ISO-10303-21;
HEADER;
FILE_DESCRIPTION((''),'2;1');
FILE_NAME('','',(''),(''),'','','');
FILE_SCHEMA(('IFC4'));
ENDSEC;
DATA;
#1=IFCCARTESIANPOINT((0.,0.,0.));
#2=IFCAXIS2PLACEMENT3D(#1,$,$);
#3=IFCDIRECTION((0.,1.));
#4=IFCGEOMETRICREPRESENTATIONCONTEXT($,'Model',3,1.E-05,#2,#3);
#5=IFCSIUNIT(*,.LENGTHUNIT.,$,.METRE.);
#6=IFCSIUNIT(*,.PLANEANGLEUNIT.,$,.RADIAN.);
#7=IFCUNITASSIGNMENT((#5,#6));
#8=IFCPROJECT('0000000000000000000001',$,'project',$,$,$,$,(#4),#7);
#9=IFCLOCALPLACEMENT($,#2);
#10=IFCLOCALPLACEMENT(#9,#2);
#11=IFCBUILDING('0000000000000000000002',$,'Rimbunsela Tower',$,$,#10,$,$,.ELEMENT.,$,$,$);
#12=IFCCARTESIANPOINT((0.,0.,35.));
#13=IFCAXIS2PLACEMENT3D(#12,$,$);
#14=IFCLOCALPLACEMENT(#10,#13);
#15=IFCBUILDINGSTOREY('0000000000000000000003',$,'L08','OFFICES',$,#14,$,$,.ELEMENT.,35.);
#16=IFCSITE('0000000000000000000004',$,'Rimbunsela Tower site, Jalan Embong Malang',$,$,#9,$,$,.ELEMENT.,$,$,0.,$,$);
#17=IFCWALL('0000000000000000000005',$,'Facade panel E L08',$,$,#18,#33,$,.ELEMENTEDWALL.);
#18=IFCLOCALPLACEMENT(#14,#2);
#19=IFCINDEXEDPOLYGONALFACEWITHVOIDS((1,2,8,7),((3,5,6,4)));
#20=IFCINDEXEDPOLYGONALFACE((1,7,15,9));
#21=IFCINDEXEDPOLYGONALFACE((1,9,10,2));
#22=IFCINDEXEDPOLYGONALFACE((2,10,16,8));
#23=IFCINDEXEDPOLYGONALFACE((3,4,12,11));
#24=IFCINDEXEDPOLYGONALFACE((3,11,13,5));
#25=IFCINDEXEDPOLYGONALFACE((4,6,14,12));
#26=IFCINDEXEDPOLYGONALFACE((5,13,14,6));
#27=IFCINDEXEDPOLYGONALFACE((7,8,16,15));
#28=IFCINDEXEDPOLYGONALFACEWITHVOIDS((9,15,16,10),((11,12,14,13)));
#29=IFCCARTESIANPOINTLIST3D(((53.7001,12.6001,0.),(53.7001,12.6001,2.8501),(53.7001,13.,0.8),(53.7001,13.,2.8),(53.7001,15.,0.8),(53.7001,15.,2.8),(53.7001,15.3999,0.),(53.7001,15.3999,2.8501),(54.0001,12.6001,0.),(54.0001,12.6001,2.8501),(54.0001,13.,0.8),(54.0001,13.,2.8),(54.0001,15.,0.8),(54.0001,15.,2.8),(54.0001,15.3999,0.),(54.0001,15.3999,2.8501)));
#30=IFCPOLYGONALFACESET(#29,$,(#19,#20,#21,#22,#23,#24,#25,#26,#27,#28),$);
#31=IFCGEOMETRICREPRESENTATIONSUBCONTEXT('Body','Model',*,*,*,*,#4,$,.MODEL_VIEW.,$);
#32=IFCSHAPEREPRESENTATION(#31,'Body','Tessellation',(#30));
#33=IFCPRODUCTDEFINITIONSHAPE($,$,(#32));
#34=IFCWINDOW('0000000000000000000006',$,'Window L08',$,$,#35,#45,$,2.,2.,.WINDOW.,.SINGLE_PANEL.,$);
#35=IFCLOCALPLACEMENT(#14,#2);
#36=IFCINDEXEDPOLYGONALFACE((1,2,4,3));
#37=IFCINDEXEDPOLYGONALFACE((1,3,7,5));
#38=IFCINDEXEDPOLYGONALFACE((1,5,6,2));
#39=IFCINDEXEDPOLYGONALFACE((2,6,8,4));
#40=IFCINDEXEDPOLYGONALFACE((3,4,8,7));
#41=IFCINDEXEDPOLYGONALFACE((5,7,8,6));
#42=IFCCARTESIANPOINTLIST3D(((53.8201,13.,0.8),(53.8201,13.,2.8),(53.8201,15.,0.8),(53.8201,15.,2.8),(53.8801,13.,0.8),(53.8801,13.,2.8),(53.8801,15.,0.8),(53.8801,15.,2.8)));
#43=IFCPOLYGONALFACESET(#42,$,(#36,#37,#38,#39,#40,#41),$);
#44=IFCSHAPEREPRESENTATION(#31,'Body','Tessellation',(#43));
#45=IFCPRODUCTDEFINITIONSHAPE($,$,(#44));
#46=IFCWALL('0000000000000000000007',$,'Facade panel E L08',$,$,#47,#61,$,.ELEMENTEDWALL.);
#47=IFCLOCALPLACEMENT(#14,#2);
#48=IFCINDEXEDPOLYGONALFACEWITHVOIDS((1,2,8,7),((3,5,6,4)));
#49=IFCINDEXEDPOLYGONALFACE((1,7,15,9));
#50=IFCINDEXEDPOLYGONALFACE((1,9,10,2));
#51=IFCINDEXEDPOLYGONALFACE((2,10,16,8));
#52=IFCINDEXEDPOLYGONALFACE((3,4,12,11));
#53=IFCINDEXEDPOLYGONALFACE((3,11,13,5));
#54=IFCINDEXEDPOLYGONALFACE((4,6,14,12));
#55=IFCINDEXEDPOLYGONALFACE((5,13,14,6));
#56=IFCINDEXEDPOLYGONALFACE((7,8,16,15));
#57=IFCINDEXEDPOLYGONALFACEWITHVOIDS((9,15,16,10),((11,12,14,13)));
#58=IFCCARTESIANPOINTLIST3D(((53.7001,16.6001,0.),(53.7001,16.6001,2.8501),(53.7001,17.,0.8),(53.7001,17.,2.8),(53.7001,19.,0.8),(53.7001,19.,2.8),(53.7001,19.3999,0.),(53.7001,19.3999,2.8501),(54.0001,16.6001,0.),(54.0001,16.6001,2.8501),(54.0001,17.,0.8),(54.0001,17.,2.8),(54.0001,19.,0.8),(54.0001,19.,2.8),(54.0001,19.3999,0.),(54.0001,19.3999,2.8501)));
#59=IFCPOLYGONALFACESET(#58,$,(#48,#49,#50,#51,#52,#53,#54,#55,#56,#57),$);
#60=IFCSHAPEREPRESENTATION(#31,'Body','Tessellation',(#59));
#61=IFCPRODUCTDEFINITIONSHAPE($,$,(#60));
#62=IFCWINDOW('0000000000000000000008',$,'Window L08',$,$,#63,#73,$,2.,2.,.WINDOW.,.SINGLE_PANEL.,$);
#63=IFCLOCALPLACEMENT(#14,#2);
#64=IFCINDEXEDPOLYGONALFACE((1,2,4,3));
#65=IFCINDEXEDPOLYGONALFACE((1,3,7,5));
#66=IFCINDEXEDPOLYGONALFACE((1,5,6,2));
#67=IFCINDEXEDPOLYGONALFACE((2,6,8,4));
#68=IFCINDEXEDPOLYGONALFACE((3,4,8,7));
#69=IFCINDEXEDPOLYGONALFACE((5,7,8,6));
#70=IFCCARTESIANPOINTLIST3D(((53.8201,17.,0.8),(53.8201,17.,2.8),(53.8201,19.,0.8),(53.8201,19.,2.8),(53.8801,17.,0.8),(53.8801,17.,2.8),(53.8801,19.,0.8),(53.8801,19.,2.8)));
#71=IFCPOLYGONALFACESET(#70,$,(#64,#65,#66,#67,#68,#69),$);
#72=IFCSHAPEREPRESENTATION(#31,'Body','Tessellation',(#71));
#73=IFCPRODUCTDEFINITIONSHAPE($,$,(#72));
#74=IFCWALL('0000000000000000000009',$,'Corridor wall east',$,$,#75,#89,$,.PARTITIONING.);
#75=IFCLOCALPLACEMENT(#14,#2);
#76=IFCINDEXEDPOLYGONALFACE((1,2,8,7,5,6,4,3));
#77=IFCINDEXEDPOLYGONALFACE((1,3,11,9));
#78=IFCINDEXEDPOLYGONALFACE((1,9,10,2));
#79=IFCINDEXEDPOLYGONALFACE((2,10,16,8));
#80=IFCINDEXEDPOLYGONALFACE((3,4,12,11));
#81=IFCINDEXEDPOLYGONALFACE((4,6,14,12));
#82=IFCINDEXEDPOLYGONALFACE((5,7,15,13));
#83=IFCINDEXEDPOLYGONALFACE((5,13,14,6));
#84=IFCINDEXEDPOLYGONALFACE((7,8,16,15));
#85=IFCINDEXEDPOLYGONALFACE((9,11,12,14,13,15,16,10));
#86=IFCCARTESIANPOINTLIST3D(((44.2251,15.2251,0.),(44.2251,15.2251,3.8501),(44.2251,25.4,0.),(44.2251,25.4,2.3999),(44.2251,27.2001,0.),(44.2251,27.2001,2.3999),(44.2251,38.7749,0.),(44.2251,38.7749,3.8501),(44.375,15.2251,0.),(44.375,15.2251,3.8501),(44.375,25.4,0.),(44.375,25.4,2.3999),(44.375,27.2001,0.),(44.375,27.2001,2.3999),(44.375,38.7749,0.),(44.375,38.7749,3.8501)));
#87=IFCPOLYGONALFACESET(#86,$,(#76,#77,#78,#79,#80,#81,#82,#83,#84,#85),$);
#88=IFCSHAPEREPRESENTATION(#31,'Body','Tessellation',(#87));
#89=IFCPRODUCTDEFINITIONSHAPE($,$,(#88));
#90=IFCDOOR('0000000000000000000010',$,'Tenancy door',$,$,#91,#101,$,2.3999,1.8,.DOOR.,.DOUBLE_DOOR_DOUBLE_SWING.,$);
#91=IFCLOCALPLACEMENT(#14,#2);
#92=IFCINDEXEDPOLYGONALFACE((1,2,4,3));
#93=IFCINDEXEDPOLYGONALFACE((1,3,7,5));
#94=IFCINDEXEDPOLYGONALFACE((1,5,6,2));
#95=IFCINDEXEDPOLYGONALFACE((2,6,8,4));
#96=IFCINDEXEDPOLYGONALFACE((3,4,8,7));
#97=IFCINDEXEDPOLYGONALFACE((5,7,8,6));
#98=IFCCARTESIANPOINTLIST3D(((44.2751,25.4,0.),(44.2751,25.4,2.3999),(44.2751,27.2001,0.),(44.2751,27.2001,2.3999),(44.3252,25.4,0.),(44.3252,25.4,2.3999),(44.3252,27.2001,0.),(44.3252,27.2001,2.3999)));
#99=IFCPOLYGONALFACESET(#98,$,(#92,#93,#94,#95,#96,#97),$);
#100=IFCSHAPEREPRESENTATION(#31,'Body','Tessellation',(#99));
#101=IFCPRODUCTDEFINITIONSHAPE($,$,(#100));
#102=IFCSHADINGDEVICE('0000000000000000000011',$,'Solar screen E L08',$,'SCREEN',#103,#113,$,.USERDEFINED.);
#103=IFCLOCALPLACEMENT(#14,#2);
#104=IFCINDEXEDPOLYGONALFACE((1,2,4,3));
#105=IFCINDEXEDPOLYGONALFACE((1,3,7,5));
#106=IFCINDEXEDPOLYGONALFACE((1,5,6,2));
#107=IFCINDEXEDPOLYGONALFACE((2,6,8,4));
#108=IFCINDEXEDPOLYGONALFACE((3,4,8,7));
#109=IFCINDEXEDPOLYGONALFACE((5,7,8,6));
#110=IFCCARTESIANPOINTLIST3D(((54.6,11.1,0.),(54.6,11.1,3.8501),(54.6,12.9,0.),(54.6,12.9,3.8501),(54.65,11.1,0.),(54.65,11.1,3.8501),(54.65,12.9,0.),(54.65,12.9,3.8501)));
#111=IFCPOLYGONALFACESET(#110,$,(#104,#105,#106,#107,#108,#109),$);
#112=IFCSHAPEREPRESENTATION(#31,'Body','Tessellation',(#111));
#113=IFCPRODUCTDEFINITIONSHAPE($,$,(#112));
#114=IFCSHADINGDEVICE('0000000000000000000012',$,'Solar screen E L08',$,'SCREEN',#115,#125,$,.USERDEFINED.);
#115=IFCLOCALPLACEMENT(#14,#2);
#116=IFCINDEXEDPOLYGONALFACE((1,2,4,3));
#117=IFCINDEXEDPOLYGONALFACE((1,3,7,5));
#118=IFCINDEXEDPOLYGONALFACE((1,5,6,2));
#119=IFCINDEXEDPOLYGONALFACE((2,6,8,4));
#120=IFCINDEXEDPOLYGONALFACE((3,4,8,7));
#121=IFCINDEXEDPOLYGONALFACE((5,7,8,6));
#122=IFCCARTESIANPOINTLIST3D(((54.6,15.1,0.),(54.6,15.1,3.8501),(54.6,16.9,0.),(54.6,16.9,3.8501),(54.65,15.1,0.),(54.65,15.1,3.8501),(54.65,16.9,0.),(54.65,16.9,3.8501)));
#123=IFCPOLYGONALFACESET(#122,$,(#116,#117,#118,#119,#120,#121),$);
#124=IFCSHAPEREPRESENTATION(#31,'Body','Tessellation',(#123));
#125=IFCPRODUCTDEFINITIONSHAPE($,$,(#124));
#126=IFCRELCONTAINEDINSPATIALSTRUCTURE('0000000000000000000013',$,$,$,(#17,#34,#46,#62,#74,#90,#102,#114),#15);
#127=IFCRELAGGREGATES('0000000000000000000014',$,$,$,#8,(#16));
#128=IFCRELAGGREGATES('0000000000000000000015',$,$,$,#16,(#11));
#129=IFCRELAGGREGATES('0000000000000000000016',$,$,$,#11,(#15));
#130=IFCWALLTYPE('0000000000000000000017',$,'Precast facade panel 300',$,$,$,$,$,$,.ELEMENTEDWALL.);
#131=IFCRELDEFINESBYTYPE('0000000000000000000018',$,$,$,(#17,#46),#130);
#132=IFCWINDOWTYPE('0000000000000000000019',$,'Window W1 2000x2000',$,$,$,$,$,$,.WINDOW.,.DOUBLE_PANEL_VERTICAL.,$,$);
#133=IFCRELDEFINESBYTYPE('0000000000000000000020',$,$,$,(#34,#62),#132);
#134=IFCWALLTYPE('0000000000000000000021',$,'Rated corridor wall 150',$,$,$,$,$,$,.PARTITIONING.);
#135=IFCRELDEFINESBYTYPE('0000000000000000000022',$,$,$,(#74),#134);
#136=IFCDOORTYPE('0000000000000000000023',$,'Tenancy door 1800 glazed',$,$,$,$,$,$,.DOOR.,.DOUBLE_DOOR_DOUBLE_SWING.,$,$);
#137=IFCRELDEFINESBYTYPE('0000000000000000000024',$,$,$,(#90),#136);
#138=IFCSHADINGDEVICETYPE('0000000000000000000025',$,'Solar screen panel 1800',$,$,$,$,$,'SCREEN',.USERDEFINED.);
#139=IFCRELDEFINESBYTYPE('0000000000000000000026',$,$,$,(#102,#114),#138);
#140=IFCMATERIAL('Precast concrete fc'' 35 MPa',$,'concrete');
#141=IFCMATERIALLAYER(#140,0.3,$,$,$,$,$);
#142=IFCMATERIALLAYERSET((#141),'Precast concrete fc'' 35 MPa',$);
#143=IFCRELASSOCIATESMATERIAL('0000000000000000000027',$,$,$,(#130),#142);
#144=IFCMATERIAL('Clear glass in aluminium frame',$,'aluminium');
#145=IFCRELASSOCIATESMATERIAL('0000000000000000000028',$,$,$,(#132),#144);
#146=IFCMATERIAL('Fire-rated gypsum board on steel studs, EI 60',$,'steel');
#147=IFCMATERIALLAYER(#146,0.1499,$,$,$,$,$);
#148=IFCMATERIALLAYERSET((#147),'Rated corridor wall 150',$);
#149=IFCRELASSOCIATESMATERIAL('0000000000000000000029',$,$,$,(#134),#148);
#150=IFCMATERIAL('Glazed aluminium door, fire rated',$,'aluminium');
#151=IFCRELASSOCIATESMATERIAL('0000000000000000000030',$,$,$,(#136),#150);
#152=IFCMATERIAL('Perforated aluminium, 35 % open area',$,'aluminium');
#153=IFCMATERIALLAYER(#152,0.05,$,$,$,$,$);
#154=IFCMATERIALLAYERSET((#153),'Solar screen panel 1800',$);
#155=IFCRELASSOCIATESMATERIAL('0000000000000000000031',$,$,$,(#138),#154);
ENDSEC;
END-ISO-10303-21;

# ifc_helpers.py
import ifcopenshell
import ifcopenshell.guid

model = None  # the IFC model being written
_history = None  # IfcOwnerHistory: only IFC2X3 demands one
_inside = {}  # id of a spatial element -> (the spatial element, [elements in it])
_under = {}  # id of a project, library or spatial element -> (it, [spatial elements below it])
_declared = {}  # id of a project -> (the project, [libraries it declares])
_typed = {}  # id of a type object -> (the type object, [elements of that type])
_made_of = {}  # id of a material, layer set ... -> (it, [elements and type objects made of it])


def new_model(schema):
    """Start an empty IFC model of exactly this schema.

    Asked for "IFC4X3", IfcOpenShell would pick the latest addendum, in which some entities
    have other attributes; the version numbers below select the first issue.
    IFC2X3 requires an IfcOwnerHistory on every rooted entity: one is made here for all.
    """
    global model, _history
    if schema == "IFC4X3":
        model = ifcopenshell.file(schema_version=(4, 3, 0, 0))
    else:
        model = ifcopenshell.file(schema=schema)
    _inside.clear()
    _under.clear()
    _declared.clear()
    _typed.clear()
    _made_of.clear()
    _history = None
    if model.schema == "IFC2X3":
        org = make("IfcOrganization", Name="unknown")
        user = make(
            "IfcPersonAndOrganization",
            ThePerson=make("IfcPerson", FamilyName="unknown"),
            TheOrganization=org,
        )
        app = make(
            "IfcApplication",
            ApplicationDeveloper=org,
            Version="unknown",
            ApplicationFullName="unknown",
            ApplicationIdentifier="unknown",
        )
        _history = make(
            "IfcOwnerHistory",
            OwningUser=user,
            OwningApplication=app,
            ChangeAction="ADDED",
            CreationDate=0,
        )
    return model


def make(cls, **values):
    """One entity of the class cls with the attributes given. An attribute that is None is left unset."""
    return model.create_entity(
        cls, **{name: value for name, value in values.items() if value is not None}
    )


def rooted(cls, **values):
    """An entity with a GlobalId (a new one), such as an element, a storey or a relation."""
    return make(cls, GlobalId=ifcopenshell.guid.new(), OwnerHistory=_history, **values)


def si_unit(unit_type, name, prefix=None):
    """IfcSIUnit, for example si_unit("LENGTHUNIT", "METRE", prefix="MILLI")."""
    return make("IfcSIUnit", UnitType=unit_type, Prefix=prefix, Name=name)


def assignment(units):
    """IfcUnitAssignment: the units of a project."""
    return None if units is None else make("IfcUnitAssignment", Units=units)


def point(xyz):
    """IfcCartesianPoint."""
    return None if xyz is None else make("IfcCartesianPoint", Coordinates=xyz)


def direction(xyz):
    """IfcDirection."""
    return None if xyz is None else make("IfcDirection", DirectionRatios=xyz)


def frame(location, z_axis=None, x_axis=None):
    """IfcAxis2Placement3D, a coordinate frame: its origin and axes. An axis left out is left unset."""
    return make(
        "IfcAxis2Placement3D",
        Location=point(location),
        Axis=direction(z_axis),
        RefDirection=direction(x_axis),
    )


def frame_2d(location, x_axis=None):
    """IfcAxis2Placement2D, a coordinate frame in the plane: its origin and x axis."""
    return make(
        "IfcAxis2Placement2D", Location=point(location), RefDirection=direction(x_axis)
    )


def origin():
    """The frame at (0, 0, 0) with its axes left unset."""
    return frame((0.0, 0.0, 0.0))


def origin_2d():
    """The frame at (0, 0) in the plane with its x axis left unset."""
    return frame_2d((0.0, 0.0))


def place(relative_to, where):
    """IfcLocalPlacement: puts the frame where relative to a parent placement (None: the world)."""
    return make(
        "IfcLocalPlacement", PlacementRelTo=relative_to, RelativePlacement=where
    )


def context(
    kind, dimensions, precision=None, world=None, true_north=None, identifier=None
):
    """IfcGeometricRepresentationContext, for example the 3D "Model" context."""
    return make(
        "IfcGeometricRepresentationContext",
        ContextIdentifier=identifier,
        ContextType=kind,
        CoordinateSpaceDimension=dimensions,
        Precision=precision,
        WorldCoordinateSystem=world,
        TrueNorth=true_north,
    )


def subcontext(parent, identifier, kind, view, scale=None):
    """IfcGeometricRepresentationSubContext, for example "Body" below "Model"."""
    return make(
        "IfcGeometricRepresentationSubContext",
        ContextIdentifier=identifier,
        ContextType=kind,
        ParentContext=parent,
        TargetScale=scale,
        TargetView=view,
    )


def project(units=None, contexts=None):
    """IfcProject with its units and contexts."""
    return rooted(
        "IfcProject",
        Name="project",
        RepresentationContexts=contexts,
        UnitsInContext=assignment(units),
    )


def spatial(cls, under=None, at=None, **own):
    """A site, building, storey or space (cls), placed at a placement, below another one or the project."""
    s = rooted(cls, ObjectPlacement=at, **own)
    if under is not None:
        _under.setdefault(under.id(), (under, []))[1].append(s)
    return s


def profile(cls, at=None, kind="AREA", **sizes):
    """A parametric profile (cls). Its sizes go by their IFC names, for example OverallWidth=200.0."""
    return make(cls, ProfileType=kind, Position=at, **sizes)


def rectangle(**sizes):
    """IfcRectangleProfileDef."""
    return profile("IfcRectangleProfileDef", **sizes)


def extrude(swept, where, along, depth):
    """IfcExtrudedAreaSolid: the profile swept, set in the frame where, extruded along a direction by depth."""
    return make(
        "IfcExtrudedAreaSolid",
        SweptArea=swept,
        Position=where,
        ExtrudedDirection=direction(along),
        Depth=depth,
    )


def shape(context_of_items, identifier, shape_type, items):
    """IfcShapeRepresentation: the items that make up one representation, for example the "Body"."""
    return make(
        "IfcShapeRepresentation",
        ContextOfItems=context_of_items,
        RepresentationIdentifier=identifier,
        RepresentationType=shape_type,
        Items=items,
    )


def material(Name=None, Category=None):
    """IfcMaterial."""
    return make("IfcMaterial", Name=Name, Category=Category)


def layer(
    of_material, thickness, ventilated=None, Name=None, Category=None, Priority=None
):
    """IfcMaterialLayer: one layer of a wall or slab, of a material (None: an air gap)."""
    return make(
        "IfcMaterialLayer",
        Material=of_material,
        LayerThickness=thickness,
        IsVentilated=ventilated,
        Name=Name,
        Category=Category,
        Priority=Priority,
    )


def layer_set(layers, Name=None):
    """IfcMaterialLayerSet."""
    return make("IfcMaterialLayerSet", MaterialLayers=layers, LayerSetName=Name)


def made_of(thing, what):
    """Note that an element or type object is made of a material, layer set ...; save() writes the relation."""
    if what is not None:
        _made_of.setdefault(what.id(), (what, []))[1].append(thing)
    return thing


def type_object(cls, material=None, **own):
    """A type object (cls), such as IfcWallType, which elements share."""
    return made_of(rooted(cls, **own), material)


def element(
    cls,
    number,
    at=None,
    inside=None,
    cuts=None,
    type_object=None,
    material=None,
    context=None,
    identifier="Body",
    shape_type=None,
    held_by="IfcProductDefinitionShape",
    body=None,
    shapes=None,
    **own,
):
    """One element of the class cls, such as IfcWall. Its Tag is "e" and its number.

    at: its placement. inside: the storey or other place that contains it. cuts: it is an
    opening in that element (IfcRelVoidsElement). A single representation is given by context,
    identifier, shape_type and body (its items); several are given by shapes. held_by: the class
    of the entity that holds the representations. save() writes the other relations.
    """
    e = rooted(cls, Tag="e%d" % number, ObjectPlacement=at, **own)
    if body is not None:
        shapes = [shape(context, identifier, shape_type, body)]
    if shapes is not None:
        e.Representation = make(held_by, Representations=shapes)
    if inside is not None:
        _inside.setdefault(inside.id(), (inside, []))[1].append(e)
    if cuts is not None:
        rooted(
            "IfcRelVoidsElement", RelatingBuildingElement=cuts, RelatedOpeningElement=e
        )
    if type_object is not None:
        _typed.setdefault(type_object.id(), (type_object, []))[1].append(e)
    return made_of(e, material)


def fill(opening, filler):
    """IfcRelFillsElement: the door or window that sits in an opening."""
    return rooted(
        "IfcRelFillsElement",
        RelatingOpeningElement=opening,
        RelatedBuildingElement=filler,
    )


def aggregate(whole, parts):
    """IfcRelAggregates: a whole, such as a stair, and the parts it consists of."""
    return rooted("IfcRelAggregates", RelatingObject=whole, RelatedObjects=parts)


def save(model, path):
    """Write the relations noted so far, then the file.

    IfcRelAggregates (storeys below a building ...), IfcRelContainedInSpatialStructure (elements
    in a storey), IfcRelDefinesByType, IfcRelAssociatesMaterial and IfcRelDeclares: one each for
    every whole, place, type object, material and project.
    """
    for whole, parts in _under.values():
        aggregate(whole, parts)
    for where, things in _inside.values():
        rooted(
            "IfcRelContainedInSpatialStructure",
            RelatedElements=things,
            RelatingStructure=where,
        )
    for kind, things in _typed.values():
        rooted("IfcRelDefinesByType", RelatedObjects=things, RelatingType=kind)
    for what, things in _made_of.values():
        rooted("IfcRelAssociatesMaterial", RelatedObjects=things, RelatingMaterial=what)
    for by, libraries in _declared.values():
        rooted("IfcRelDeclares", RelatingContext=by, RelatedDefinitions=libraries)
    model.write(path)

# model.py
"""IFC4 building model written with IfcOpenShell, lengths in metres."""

from ifc_helpers import new_model, si_unit, direction, frame, frame_2d, origin, origin_2d, place, context, subcontext, project, spatial, rectangle, extrude, material, layer, layer_set, type_object, element, fill, save


model = new_model("IFC4")

# Units and contexts
model_context = context("Model", 3, precision=1e-05, world=origin(), true_north=direction((0.0, 1.0)))
body_context = subcontext(model_context, "Body", "Model", "MODEL_VIEW")
ifc_project = project(units=[si_unit("LENGTHUNIT", "METRE"), si_unit("PLANEANGLEUNIT", "RADIAN")], contexts=[model_context])

# Site, building, storey
site_placement = place(None, origin())
site = spatial("IfcSite", under=ifc_project, at=site_placement, Name="Rimbunsela Tower site, Jalan Embong Malang", CompositionType="ELEMENT", RefElevation=0.0)
building_placement = place(site_placement, origin())
building = spatial("IfcBuilding", under=site, at=building_placement, Name="Rimbunsela Tower", CompositionType="ELEMENT")
storey_placement = place(building_placement, frame((0.0, 0.0, 35.0)))
storey = spatial("IfcBuildingStorey", under=building, at=storey_placement, Name="L08", Description="OFFICES", CompositionType="ELEMENT", Elevation=35.0)

# Walls, openings, windows
ifc_material_1 = material(Name="Precast concrete fc' 35 MPa", Category="concrete")
ifc_layer_1 = layer(ifc_material_1, 0.3)
ifc_layer_set_1 = layer_set([ifc_layer_1], Name="Precast concrete fc' 35 MPa")
wall_type_1 = type_object("IfcWallType", Name="Precast facade panel 300", PredefinedType="ELEMENTEDWALL", material=ifc_layer_set_1)
wall_1_placement = place(storey_placement, frame((53.8501, 12.6001, 0.0), z_axis=(0.0, 0.0, 1.0), x_axis=(0.0, 1.0, 0.0)))
wall_1 = element("IfcWall", 1, at=wall_1_placement, inside=storey, type_object=wall_type_1, Name="Facade panel E L08", PredefinedType="ELEMENTEDWALL", context=body_context, shape_type="SweptSolid", body=[
    extrude(rectangle(XDim=2.7998, YDim=0.3, at=frame_2d((1.3999, 0.0))), origin(), (0.0, 0.0, 1.0), 2.8501),
])
opening_1_placement = place(wall_1_placement, frame((0.3999, 0.0, 0.8)))
opening_1 = element("IfcOpeningElement", 2, at=opening_1_placement, cuts=wall_1, PredefinedType="OPENING", context=body_context, shape_type="SweptSolid", body=[
    extrude(rectangle(XDim=2.0, YDim=2.0, at=frame_2d((1.0, 1.0))), frame((0.0, 0.1599, 0.0), z_axis=(0.0, -1.0, 0.0), x_axis=(1.0, 0.0, 0.0)), (0.0, 0.0, 1.0), 0.3201),
])
ifc_material_2 = material(Name="Clear glass in aluminium frame", Category="aluminium")
window_type = type_object("IfcWindowType", Name="Window W1 2000x2000", PartitioningType="DOUBLE_PANEL_VERTICAL", PredefinedType="WINDOW", material=ifc_material_2)
window_1_placement = place(opening_1_placement, origin())
window_1 = element("IfcWindow", 3, at=window_1_placement, inside=storey, type_object=window_type, Name="Window L08", OverallHeight=2.0, OverallWidth=2.0, PartitioningType="SINGLE_PANEL", PredefinedType="WINDOW", context=body_context, shape_type="SweptSolid", body=[
    extrude(rectangle(XDim=2.0, YDim=2.0, at=frame_2d((1.0, 1.0))), frame((0.0, 0.03, 0.0), z_axis=(0.0, -1.0, 0.0), x_axis=(1.0, 0.0, 0.0)), (0.0, 0.0, 1.0), 0.0601),
])
fill(opening_1, window_1)
wall_2_placement = place(storey_placement, frame((53.8501, 16.6001, 0.0), z_axis=(0.0, 0.0, 1.0), x_axis=(0.0, 1.0, 0.0)))
wall_2 = element("IfcWall", 4, at=wall_2_placement, inside=storey, type_object=wall_type_1, Name="Facade panel E L08", PredefinedType="ELEMENTEDWALL", context=body_context, shape_type="SweptSolid", body=[
    extrude(rectangle(XDim=2.7998, YDim=0.3, at=frame_2d((1.3999, 0.0))), origin(), (0.0, 0.0, 1.0), 2.8501),
])
opening_2_placement = place(wall_2_placement, frame((0.3999, 0.0, 0.8)))
opening_2 = element("IfcOpeningElement", 5, at=opening_2_placement, cuts=wall_2, PredefinedType="OPENING", context=body_context, shape_type="SweptSolid", body=[
    extrude(rectangle(XDim=2.0, YDim=2.0, at=frame_2d((1.0, 1.0))), frame((0.0, 0.1599, 0.0), z_axis=(0.0, -1.0, 0.0), x_axis=(1.0, 0.0, 0.0)), (0.0, 0.0, 1.0), 0.3201),
])
window_2_placement = place(opening_2_placement, origin())
window_2 = element("IfcWindow", 6, at=window_2_placement, inside=storey, type_object=window_type, Name="Window L08", OverallHeight=2.0, OverallWidth=2.0, PartitioningType="SINGLE_PANEL", PredefinedType="WINDOW", context=body_context, shape_type="SweptSolid", body=[
    extrude(rectangle(XDim=2.0, YDim=2.0, at=frame_2d((1.0, 1.0))), frame((0.0, 0.03, 0.0), z_axis=(0.0, -1.0, 0.0), x_axis=(1.0, 0.0, 0.0)), (0.0, 0.0, 1.0), 0.0601),
])
fill(opening_2, window_2)

# Wall, opening, door
ifc_material_3 = material(Name="Fire-rated gypsum board on steel studs, EI 60", Category="steel")
ifc_layer_2 = layer(ifc_material_3, 0.1499)
ifc_layer_set_2 = layer_set([ifc_layer_2], Name="Rated corridor wall 150")
wall_type_2 = type_object("IfcWallType", Name="Rated corridor wall 150", PredefinedType="PARTITIONING", material=ifc_layer_set_2)
wall_3_placement = place(storey_placement, frame((44.3, 15.2251, 0.0), z_axis=(0.0, 0.0, 1.0), x_axis=(0.0, 1.0, 0.0)))
wall_3 = element("IfcWall", 7, at=wall_3_placement, inside=storey, type_object=wall_type_2, Name="Corridor wall east", PredefinedType="PARTITIONING", context=body_context, shape_type="SweptSolid", body=[
    extrude(rectangle(XDim=23.5498, YDim=0.1499, at=frame_2d((11.7749, 0.0))), origin(), (0.0, 0.0, 1.0), 3.8501),
])
opening_3_placement = place(wall_3_placement, frame((10.175, 0.0, 0.0)))
opening_3 = element("IfcOpeningElement", 8, at=opening_3_placement, cuts=wall_3, PredefinedType="OPENING", context=body_context, shape_type="SweptSolid", body=[
    extrude(rectangle(XDim=1.8, YDim=2.3999, at=frame_2d((0.8999, 1.2))), frame((0.0, 0.085, 0.0), z_axis=(0.0, -1.0, 0.0), x_axis=(1.0, 0.0, 0.0)), (0.0, 0.0, 1.0), 0.1699),
])
ifc_material_4 = material(Name="Glazed aluminium door, fire rated", Category="aluminium")
door_type = type_object("IfcDoorType", Name="Tenancy door 1800 glazed", OperationType="DOUBLE_DOOR_DOUBLE_SWING", PredefinedType="DOOR", material=ifc_material_4)
door_placement = place(opening_3_placement, origin())
door = element("IfcDoor", 9, at=door_placement, inside=storey, type_object=door_type, Name="Tenancy door", OperationType="DOUBLE_DOOR_DOUBLE_SWING", OverallHeight=2.3999, OverallWidth=1.8, PredefinedType="DOOR", context=body_context, shape_type="SweptSolid", body=[
    extrude(rectangle(XDim=1.8, YDim=2.3999, at=frame_2d((0.8999, 1.2))), frame((0.0, 0.0249, 0.0), z_axis=(0.0, -1.0, 0.0), x_axis=(1.0, 0.0, 0.0)), (0.0, 0.0, 1.0), 0.05),
])
fill(opening_3, door)

# Shading devices
ifc_material_5 = material(Name="Perforated aluminium, 35 % open area", Category="aluminium")
ifc_layer_3 = layer(ifc_material_5, 0.05)
ifc_layer_set_3 = layer_set([ifc_layer_3], Name="Solar screen panel 1800")
shading_device_type = type_object("IfcShadingDeviceType", Name="Solar screen panel 1800", ElementType="SCREEN", PredefinedType="USERDEFINED", material=ifc_layer_set_3)
for number, where, z_axis, x_axis, name in (
    (10, (54.625, 12.0, 0.0), (0.0, 0.0, 1.0), (0.0, 1.0, 0.0), "Solar screen E L08"),
    (11, (54.625, 16.0, 0.0), (0.0, 0.0, 1.0), (0.0, 1.0, 0.0), "Solar screen E L08"),
):
    element("IfcShadingDevice", number, at=place(storey_placement, frame(where, z_axis=z_axis, x_axis=x_axis)), inside=storey, type_object=shading_device_type, Name=name, ObjectType="SCREEN", PredefinedType="USERDEFINED", context=body_context, shape_type="SweptSolid", body=[
        extrude(rectangle(XDim=1.8, YDim=0.05, at=origin_2d()), origin(), (0.0, 0.0, 1.0), 3.8501),
    ])

save(model, "model.ifc")
